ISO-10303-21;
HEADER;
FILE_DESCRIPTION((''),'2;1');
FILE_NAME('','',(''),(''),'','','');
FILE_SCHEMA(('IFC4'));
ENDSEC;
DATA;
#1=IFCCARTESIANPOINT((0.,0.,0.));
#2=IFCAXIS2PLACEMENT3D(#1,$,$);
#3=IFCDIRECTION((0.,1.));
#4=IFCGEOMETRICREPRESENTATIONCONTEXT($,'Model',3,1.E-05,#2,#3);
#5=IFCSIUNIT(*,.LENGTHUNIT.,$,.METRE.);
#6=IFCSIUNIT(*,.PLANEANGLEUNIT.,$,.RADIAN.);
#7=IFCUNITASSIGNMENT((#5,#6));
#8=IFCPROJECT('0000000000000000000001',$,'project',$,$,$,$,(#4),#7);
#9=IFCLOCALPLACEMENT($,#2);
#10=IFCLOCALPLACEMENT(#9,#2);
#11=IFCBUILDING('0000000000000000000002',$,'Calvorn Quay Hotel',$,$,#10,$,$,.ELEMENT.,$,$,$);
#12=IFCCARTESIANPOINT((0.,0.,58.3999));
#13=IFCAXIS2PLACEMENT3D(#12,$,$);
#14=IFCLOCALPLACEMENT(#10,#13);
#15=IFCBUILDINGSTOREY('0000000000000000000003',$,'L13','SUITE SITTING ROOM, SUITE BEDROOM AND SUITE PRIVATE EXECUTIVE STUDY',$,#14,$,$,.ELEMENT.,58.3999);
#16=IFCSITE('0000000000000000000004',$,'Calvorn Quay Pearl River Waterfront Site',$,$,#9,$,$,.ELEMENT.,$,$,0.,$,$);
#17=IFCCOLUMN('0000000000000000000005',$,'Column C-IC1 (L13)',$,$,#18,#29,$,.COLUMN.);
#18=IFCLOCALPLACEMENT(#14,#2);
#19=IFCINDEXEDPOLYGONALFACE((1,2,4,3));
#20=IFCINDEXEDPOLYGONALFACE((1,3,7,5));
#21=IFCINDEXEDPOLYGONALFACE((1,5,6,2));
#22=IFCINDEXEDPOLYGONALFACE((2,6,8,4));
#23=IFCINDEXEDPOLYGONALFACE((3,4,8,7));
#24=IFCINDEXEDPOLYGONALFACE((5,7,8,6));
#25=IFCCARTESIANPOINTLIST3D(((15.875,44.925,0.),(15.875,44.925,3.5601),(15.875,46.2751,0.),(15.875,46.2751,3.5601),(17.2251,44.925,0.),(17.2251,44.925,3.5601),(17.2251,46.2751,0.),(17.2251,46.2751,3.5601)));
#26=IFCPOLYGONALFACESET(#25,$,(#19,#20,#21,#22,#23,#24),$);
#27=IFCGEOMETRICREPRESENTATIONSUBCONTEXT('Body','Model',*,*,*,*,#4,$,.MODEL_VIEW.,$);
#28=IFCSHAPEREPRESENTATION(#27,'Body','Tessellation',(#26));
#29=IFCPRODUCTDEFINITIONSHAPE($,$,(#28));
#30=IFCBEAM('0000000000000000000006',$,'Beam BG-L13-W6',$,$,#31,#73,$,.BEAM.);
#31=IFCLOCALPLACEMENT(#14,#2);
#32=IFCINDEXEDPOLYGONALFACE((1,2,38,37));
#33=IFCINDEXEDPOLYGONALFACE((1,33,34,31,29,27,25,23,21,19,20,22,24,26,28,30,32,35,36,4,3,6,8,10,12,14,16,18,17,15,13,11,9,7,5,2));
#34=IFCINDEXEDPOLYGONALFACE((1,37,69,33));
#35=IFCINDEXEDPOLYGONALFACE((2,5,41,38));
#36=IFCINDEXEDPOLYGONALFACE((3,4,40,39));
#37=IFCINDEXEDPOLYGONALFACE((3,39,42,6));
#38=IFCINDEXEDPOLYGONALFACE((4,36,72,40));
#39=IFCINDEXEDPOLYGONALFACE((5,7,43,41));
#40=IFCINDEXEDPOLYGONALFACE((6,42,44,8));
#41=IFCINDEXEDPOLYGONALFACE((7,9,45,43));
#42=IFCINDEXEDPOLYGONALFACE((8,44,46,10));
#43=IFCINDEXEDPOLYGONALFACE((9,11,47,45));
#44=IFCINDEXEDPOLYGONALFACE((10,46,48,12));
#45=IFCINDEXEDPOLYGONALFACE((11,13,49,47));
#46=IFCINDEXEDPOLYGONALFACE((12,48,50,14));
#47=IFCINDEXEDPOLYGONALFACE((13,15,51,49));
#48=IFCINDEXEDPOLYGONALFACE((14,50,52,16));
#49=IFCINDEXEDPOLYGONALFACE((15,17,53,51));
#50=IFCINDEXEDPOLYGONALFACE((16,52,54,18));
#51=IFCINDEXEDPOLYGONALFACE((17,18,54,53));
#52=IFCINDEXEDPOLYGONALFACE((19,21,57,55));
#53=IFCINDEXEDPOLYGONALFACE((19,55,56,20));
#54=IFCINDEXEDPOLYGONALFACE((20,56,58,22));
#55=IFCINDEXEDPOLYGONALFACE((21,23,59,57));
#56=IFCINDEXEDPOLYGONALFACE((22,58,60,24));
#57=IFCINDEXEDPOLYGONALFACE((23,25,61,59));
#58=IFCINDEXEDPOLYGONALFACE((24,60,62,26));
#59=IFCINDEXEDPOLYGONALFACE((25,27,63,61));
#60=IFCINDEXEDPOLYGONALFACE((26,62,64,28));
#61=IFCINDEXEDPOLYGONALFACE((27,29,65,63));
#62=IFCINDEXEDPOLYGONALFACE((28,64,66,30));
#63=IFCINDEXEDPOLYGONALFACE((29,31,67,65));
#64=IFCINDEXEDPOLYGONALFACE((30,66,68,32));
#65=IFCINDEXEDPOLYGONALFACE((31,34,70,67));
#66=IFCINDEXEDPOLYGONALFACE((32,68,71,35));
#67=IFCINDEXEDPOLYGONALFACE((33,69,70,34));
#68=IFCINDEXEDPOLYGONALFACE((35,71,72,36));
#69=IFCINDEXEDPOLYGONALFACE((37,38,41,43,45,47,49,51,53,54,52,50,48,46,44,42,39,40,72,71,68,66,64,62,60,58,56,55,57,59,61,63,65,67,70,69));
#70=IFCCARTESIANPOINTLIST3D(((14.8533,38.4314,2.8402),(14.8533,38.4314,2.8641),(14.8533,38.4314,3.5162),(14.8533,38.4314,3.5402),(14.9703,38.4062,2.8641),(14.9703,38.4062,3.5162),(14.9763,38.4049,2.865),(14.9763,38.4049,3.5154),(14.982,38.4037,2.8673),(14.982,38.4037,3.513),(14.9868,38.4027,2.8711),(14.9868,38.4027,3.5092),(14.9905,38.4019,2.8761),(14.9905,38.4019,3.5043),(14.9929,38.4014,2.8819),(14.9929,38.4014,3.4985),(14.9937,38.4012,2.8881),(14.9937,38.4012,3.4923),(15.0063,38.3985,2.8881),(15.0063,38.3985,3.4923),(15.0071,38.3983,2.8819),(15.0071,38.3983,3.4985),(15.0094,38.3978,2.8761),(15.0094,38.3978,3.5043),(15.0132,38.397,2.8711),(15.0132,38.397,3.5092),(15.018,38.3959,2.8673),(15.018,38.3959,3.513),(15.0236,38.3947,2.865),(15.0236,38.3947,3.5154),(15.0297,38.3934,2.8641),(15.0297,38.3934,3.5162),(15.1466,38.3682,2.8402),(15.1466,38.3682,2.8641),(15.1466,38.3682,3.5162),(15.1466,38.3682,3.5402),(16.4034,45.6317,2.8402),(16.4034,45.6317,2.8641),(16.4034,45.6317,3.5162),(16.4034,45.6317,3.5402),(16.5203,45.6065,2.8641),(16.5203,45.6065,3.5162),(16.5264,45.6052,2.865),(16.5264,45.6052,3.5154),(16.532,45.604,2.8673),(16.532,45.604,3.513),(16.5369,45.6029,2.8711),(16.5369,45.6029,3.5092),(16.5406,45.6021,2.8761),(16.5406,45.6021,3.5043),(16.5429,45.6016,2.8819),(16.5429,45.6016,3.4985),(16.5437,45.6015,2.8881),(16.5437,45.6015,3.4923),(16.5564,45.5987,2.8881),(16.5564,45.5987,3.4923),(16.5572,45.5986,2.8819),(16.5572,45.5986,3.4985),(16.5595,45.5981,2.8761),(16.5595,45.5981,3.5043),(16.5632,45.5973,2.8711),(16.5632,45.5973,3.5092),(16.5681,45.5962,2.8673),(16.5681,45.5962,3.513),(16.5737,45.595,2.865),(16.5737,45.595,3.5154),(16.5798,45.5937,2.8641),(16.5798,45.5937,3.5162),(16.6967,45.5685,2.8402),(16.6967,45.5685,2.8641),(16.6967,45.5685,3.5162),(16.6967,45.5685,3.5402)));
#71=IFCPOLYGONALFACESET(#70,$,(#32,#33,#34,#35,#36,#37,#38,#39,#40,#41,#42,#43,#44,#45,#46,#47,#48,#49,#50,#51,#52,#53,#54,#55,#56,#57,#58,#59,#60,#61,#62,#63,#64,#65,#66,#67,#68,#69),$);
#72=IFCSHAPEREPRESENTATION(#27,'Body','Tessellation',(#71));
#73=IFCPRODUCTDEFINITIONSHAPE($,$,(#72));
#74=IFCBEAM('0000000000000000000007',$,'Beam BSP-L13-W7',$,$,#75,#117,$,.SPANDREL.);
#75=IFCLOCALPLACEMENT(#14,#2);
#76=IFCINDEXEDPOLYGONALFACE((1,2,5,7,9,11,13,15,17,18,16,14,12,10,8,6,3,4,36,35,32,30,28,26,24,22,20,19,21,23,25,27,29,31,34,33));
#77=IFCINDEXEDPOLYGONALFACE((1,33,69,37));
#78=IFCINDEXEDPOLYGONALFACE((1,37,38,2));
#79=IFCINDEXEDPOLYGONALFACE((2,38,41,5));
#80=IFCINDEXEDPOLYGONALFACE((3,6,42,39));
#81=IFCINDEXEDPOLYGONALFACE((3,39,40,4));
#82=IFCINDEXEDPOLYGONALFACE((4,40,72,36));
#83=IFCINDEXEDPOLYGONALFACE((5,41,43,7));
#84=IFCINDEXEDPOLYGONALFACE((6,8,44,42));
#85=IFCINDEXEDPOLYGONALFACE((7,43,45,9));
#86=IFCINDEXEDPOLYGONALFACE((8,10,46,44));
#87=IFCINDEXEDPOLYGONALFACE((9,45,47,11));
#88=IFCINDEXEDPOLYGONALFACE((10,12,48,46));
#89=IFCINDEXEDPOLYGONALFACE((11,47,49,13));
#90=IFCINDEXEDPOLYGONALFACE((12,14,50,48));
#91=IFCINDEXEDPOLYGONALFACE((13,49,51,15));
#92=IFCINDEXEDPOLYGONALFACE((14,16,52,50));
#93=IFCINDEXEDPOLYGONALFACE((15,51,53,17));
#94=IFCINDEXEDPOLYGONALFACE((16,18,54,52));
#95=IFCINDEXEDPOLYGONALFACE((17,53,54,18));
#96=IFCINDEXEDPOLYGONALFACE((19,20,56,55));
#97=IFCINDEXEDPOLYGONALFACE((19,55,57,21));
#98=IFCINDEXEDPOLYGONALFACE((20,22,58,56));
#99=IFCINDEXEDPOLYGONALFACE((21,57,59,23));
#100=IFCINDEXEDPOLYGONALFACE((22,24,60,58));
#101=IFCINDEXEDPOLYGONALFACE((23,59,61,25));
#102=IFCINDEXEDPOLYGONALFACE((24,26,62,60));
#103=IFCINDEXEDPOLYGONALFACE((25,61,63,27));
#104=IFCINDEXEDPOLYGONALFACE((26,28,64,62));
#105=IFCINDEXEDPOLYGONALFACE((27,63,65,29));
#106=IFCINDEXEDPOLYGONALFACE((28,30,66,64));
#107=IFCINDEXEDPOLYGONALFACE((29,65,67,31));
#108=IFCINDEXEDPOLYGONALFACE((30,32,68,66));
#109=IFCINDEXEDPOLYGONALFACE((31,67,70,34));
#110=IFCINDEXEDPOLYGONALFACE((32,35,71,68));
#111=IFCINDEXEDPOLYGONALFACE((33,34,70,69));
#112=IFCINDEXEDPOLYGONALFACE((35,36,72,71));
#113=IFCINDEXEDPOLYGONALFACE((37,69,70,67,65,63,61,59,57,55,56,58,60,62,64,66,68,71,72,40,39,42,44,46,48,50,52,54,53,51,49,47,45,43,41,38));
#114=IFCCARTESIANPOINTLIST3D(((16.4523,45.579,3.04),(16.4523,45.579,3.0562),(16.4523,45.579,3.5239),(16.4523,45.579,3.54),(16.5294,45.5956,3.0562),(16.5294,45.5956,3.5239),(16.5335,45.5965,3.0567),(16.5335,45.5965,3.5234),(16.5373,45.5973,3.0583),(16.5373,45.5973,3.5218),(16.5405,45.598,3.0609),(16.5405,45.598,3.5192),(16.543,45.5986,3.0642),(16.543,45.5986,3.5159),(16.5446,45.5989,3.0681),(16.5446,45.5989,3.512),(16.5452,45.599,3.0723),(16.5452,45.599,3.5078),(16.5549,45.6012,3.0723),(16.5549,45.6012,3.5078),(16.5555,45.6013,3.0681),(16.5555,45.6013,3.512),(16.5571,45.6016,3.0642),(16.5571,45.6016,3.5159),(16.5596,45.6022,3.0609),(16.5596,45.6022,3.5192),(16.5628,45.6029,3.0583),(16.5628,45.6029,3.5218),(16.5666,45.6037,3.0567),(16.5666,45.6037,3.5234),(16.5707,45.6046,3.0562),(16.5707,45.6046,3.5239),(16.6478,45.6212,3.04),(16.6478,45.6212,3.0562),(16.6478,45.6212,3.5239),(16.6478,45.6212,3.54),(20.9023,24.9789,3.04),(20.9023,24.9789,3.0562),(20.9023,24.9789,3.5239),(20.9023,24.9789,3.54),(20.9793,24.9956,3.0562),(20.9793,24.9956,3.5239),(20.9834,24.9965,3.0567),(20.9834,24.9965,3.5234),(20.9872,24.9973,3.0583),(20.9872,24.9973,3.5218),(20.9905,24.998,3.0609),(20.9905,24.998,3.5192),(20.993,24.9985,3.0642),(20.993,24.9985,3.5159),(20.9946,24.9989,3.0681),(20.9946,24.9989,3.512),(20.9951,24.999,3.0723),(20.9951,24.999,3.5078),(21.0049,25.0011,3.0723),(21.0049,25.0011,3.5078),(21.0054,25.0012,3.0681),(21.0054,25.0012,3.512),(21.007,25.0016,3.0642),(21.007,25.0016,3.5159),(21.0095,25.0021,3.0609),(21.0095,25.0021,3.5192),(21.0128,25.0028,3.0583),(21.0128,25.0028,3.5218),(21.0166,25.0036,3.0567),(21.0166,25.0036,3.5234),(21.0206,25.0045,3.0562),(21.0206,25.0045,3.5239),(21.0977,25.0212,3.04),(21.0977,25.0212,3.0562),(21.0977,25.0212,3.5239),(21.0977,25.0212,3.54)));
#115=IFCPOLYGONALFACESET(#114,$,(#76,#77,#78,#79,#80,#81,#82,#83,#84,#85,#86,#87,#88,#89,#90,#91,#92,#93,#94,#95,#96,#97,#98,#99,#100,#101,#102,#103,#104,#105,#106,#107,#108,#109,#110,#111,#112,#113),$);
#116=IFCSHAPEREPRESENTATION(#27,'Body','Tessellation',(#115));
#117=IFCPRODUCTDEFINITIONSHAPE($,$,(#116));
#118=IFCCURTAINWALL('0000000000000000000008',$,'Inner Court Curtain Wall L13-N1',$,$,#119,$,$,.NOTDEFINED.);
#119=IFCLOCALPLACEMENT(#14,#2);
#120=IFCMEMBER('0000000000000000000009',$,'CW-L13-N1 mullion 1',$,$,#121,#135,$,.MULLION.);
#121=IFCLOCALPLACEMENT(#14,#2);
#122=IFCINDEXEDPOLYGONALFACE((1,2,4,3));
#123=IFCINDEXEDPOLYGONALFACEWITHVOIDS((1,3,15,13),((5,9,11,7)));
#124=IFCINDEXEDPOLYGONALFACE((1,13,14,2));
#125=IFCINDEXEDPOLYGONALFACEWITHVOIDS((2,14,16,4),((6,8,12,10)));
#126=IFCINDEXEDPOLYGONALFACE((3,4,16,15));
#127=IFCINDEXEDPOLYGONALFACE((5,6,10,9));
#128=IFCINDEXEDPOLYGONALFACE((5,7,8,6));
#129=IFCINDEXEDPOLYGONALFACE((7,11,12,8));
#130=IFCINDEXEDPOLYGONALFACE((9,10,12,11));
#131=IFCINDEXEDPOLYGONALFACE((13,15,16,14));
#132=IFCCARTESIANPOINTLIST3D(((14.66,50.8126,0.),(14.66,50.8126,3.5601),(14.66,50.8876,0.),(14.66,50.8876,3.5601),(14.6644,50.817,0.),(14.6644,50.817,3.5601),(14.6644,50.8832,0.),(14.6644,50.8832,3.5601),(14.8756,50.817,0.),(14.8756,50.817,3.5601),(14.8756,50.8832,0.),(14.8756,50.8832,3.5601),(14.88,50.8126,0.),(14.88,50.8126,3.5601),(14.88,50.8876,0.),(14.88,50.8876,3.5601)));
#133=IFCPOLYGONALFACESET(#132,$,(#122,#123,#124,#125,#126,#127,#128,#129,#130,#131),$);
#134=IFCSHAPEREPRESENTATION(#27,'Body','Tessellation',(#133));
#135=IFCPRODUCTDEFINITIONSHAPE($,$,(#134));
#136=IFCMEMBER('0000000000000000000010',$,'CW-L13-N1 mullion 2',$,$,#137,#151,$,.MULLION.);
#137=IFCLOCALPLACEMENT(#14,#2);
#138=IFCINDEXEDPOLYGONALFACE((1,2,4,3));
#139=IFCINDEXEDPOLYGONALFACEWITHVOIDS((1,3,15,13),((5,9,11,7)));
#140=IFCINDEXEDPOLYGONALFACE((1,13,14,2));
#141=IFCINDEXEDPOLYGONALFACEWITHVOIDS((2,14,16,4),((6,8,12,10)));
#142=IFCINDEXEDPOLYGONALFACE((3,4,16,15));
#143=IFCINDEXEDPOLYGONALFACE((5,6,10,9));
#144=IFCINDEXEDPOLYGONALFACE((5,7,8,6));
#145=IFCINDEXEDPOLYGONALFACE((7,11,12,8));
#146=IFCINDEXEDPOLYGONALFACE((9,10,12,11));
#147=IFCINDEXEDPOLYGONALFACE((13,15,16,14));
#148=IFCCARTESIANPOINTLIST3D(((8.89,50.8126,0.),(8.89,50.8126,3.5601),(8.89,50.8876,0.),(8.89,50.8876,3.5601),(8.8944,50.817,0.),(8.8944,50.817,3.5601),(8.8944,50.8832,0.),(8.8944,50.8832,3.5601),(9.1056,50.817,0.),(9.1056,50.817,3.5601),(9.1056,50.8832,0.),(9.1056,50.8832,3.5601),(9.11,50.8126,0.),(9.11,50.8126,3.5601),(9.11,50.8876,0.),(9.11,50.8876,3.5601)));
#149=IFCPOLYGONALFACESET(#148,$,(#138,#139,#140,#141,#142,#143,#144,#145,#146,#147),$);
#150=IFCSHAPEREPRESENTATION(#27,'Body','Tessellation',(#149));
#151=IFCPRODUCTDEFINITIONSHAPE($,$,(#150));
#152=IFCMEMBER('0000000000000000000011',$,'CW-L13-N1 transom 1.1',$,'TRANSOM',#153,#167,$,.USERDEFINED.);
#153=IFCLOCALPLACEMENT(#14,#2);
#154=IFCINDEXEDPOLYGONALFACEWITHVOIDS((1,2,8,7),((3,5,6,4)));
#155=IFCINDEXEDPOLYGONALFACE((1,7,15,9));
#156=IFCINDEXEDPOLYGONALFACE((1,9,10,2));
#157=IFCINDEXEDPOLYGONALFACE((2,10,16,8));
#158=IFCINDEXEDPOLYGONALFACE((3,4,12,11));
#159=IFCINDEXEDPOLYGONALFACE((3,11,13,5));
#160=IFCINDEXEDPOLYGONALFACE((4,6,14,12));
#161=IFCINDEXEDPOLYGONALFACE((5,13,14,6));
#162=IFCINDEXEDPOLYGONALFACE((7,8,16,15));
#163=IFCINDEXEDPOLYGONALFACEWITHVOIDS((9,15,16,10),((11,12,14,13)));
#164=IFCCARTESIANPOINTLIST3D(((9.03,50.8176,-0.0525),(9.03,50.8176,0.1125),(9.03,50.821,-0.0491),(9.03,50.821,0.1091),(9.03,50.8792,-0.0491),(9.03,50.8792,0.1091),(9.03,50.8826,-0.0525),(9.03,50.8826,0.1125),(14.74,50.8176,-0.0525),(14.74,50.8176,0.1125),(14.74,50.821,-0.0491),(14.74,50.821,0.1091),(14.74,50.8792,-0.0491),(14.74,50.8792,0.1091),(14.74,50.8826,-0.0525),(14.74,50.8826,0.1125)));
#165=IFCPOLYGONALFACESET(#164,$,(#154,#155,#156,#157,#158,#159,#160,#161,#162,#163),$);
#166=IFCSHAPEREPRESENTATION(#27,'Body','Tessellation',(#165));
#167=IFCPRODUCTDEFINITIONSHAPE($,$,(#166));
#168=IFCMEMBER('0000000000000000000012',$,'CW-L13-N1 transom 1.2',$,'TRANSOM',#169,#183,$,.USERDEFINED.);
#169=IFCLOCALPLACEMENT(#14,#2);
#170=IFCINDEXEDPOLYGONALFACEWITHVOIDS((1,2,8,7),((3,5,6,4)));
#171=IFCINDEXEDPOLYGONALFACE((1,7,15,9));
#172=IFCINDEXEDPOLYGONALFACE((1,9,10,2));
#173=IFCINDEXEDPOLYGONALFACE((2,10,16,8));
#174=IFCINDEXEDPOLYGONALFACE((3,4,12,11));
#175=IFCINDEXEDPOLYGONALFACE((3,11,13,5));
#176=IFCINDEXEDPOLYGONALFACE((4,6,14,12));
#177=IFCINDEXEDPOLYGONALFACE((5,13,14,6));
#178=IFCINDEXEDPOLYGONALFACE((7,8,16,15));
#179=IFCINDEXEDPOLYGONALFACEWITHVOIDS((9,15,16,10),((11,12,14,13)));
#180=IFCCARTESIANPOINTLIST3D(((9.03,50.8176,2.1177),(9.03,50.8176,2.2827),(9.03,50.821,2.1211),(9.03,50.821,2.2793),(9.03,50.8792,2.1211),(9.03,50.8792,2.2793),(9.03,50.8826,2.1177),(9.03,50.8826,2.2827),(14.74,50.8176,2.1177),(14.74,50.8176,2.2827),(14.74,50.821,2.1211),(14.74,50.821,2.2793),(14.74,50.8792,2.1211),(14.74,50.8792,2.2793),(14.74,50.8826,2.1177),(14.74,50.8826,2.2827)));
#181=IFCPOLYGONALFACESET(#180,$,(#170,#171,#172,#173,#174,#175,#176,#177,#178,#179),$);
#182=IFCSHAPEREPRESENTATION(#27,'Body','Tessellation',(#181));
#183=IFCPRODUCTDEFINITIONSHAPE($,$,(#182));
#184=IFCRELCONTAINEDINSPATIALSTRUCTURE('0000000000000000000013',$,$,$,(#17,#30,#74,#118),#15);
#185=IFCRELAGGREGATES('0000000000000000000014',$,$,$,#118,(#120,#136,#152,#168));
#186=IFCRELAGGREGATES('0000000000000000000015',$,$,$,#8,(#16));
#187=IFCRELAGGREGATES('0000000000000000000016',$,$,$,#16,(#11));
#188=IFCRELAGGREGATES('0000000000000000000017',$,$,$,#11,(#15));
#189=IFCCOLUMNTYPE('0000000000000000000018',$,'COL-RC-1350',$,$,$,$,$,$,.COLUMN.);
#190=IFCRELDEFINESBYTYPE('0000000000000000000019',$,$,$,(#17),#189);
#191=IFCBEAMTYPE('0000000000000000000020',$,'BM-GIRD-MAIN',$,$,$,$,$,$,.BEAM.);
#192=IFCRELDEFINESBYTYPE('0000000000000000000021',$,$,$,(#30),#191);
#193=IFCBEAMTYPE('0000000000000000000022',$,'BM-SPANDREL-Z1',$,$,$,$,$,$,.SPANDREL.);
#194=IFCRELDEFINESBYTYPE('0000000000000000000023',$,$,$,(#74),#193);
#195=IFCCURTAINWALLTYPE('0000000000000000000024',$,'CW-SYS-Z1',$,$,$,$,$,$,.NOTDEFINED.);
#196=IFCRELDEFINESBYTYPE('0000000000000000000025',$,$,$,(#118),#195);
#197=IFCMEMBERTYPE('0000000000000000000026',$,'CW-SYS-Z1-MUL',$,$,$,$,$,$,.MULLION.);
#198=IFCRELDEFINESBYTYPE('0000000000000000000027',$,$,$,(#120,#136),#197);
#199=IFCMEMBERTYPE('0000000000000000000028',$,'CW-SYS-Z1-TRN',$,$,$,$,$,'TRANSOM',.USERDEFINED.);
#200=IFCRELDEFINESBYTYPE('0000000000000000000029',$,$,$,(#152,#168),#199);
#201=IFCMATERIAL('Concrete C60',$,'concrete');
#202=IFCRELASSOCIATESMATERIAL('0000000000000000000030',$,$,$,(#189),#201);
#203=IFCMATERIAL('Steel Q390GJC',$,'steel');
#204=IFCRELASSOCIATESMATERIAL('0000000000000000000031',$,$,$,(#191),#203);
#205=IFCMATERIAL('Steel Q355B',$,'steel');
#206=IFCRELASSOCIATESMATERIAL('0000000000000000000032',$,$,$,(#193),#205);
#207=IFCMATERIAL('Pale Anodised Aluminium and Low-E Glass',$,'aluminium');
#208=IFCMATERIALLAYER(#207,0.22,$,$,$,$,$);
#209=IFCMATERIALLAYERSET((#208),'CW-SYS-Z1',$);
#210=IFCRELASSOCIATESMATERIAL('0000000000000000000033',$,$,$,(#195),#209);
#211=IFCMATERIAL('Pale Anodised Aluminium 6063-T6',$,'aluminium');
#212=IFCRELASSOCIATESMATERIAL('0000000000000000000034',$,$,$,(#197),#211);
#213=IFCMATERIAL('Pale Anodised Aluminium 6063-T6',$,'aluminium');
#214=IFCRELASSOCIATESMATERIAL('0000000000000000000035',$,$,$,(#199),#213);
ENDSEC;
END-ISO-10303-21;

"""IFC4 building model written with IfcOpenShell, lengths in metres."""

from ifc_helpers import new_model, si_unit, direction, frame, origin, origin_2d, place, context, subcontext, project, spatial, rectangle, hollow_rectangle, i_section, extrude, material, layer, layer_set, material_profile, profile_set, type_object, element, aggregate, save


model = new_model("IFC4")

# Units and contexts
model_context = context("Model", 3, precision=1e-05, world=origin(), true_north=direction((0.0, 1.0)))
body_context = subcontext(model_context, "Body", "Model", "MODEL_VIEW")
ifc_project = project(units=[si_unit("LENGTHUNIT", "METRE"), si_unit("PLANEANGLEUNIT", "RADIAN")], contexts=[model_context])

# Site, building, storey
site_placement = place(None, origin())
site = spatial("IfcSite", under=ifc_project, at=site_placement, Name="Calvorn Quay Pearl River Waterfront Site", CompositionType="ELEMENT", RefElevation=0.0)
building_placement = place(site_placement, origin())
building = spatial("IfcBuilding", under=site, at=building_placement, Name="Calvorn Quay Hotel", CompositionType="ELEMENT")
storey_placement = place(building_placement, frame((0.0, 0.0, 58.3999)))
storey = spatial("IfcBuildingStorey", under=building, at=storey_placement, Name="L13", Description="SUITE SITTING ROOM, SUITE BEDROOM AND SUITE PRIVATE EXECUTIVE STUDY", CompositionType="ELEMENT", Elevation=58.3999)

# Column
ifc_material_1 = material(Name="Concrete C60", Category="concrete")
ifc_material_profile_1 = material_profile(ifc_material_1, rectangle(XDim=1.3501, YDim=1.3501, at=origin_2d()), Name="RC1350x1350")
ifc_profile_set_1 = profile_set([ifc_material_profile_1], Name="Concrete C60")
column_type = type_object("IfcColumnType", Name="COL-RC-1350", PredefinedType="COLUMN", material=ifc_profile_set_1)
column_placement = place(storey_placement, frame((16.55, 45.6001, 0.0), z_axis=(0.0, 0.0, 1.0), x_axis=(1.0, 0.0, 0.0)))
element("IfcColumn", 1, at=column_placement, inside=storey, type_object=column_type, Name="Column C-IC1 (L13)", PredefinedType="COLUMN", context=body_context, shape_type="SweptSolid", body=[
    extrude(rectangle(XDim=1.3501, YDim=1.3501, at=origin_2d()), origin(), (0.0, 0.0, 1.0), 3.5601),
])

# Beams
ifc_material_2 = material(Name="Steel Q390GJC", Category="steel")
ifc_material_profile_2 = material_profile(ifc_material_2, i_section(OverallWidth=0.3, OverallDepth=0.7, WebThickness=0.0129, FlangeThickness=0.0239, FilletRadius=0.0239, at=origin_2d()), Name="HN700x300x13x24")
ifc_profile_set_2 = profile_set([ifc_material_profile_2], Name="Steel Q390GJC")
beam_type_1 = type_object("IfcBeamType", Name="BM-GIRD-MAIN", PredefinedType="BEAM", material=ifc_profile_set_2)
beam_1_placement = place(storey_placement, frame((16.55, 45.6001, 3.1902), z_axis=(-0.210457, -0.977603, 0.0), x_axis=(0.977603, -0.210457, 0.0)))
element("IfcBeam", 2, at=beam_1_placement, inside=storey, type_object=beam_type_1, Name="Beam BG-L13-W6", PredefinedType="BEAM", context=body_context, shape_type="SweptSolid", body=[
    extrude(i_section(OverallWidth=0.3, OverallDepth=0.7, WebThickness=0.0129, FlangeThickness=0.0239, FilletRadius=0.0239, at=origin_2d()), origin(), (0.0, 0.0, 1.0), 7.3652),
])
ifc_material_3 = material(Name="Steel Q355B", Category="steel")
ifc_material_profile_3 = material_profile(ifc_material_3, i_section(OverallWidth=0.2, OverallDepth=0.5, WebThickness=0.01, FlangeThickness=0.0161, FilletRadius=0.0161, at=origin_2d()), Name="HN500x200x10x16")
ifc_profile_set_3 = profile_set([ifc_material_profile_3], Name="Steel Q355B")
beam_type_2 = type_object("IfcBeamType", Name="BM-SPANDREL-Z1", PredefinedType="SPANDREL", material=ifc_profile_set_3)
beam_2_placement = place(storey_placement, frame((16.55, 45.6001, 3.29), z_axis=(0.211146, -0.977455, 0.0), x_axis=(0.977455, 0.211146, 0.0)))
element("IfcBeam", 3, at=beam_2_placement, inside=storey, type_object=beam_type_2, Name="Beam BSP-L13-W7", PredefinedType="SPANDREL", context=body_context, shape_type="SweptSolid", body=[
    extrude(i_section(OverallWidth=0.2, OverallDepth=0.5, WebThickness=0.01, FlangeThickness=0.0161, FilletRadius=0.0161, at=origin_2d()), origin(), (0.0, 0.0, 1.0), 21.0752),
])

# Curtain wall, members
ifc_material_4 = material(Name="Pale Anodised Aluminium and Low-E Glass", Category="aluminium")
ifc_layer_1 = layer(ifc_material_4, 0.22)
ifc_layer_set_1 = layer_set([ifc_layer_1], Name="CW-SYS-Z1")
curtain_wall_type = type_object("IfcCurtainWallType", Name="CW-SYS-Z1", PredefinedType="NOTDEFINED", material=ifc_layer_set_1)
curtain_wall_placement = place(storey_placement, origin())
curtain_wall = element("IfcCurtainWall", 4, at=curtain_wall_placement, inside=storey, type_object=curtain_wall_type, Name="Inner Court Curtain Wall L13-N1", PredefinedType="NOTDEFINED")
ifc_material_5 = material(Name="Pale Anodised Aluminium 6063-T6", Category="aluminium")
ifc_material_profile_4 = material_profile(ifc_material_5, hollow_rectangle(XDim=0.075, YDim=0.22, WallThickness=0.0044, at=origin_2d()), Name="ALU-M220x75x4.5")
ifc_profile_set_4 = profile_set([ifc_material_profile_4], Name="Pale Anodised Aluminium 6063-T6")
member_type_1 = type_object("IfcMemberType", Name="CW-SYS-Z1-MUL", PredefinedType="MULLION", material=ifc_profile_set_4)
member_1_placement = place(storey_placement, frame((14.77, 50.8501, 0.0), z_axis=(0.0, 0.0, 1.0), x_axis=(0.0, -1.0, 0.0)))
member_1 = element("IfcMember", 5, at=member_1_placement, type_object=member_type_1, Name="CW-L13-N1 mullion 1", PredefinedType="MULLION", context=body_context, shape_type="SweptSolid", body=[
    extrude(hollow_rectangle(XDim=0.075, YDim=0.22, WallThickness=0.0044, at=origin_2d()), origin(), (0.0, 0.0, 1.0), 3.5601),
])
member_2_placement = place(storey_placement, frame((9.0, 50.8501, 0.0), z_axis=(0.0, 0.0, 1.0), x_axis=(0.0, -1.0, 0.0)))
member_2 = element("IfcMember", 6, at=member_2_placement, type_object=member_type_1, Name="CW-L13-N1 mullion 2", PredefinedType="MULLION", context=body_context, shape_type="SweptSolid", body=[
    extrude(hollow_rectangle(XDim=0.075, YDim=0.22, WallThickness=0.0044, at=origin_2d()), origin(), (0.0, 0.0, 1.0), 3.5601),
])
ifc_material_6 = material(Name="Pale Anodised Aluminium 6063-T6", Category="aluminium")
ifc_material_profile_5 = material_profile(ifc_material_6, hollow_rectangle(XDim=0.0649, YDim=0.165, WallThickness=0.0034, at=origin_2d()), Name="ALU-T165x65x3.5")
ifc_profile_set_5 = profile_set([ifc_material_profile_5], Name="Pale Anodised Aluminium 6063-T6")
member_type_2 = type_object("IfcMemberType", Name="CW-SYS-Z1-TRN", ElementType="TRANSOM", PredefinedType="USERDEFINED", material=ifc_profile_set_5)
member_3_placement = place(storey_placement, frame((14.74, 50.8501, 0.03), z_axis=(-1.0, 0.0, 0.0), x_axis=(0.0, -1.0, 0.0)))
member_3 = element("IfcMember", 7, at=member_3_placement, type_object=member_type_2, Name="CW-L13-N1 transom 1.1", ObjectType="TRANSOM", PredefinedType="USERDEFINED", context=body_context, shape_type="SweptSolid", body=[
    extrude(hollow_rectangle(XDim=0.0649, YDim=0.165, WallThickness=0.0034, at=origin_2d()), origin(), (0.0, 0.0, 1.0), 5.71),
])
member_4_placement = place(storey_placement, frame((14.74, 50.8501, 2.2002), z_axis=(-1.0, 0.0, 0.0), x_axis=(0.0, -1.0, 0.0)))
member_4 = element("IfcMember", 8, at=member_4_placement, type_object=member_type_2, Name="CW-L13-N1 transom 1.2", ObjectType="TRANSOM", PredefinedType="USERDEFINED", context=body_context, shape_type="SweptSolid", body=[
    extrude(hollow_rectangle(XDim=0.0649, YDim=0.165, WallThickness=0.0034, at=origin_2d()), origin(), (0.0, 0.0, 1.0), 5.71),
])
aggregate(curtain_wall, [member_1, member_2, member_3, member_4])

save(model, "model.ifc")
